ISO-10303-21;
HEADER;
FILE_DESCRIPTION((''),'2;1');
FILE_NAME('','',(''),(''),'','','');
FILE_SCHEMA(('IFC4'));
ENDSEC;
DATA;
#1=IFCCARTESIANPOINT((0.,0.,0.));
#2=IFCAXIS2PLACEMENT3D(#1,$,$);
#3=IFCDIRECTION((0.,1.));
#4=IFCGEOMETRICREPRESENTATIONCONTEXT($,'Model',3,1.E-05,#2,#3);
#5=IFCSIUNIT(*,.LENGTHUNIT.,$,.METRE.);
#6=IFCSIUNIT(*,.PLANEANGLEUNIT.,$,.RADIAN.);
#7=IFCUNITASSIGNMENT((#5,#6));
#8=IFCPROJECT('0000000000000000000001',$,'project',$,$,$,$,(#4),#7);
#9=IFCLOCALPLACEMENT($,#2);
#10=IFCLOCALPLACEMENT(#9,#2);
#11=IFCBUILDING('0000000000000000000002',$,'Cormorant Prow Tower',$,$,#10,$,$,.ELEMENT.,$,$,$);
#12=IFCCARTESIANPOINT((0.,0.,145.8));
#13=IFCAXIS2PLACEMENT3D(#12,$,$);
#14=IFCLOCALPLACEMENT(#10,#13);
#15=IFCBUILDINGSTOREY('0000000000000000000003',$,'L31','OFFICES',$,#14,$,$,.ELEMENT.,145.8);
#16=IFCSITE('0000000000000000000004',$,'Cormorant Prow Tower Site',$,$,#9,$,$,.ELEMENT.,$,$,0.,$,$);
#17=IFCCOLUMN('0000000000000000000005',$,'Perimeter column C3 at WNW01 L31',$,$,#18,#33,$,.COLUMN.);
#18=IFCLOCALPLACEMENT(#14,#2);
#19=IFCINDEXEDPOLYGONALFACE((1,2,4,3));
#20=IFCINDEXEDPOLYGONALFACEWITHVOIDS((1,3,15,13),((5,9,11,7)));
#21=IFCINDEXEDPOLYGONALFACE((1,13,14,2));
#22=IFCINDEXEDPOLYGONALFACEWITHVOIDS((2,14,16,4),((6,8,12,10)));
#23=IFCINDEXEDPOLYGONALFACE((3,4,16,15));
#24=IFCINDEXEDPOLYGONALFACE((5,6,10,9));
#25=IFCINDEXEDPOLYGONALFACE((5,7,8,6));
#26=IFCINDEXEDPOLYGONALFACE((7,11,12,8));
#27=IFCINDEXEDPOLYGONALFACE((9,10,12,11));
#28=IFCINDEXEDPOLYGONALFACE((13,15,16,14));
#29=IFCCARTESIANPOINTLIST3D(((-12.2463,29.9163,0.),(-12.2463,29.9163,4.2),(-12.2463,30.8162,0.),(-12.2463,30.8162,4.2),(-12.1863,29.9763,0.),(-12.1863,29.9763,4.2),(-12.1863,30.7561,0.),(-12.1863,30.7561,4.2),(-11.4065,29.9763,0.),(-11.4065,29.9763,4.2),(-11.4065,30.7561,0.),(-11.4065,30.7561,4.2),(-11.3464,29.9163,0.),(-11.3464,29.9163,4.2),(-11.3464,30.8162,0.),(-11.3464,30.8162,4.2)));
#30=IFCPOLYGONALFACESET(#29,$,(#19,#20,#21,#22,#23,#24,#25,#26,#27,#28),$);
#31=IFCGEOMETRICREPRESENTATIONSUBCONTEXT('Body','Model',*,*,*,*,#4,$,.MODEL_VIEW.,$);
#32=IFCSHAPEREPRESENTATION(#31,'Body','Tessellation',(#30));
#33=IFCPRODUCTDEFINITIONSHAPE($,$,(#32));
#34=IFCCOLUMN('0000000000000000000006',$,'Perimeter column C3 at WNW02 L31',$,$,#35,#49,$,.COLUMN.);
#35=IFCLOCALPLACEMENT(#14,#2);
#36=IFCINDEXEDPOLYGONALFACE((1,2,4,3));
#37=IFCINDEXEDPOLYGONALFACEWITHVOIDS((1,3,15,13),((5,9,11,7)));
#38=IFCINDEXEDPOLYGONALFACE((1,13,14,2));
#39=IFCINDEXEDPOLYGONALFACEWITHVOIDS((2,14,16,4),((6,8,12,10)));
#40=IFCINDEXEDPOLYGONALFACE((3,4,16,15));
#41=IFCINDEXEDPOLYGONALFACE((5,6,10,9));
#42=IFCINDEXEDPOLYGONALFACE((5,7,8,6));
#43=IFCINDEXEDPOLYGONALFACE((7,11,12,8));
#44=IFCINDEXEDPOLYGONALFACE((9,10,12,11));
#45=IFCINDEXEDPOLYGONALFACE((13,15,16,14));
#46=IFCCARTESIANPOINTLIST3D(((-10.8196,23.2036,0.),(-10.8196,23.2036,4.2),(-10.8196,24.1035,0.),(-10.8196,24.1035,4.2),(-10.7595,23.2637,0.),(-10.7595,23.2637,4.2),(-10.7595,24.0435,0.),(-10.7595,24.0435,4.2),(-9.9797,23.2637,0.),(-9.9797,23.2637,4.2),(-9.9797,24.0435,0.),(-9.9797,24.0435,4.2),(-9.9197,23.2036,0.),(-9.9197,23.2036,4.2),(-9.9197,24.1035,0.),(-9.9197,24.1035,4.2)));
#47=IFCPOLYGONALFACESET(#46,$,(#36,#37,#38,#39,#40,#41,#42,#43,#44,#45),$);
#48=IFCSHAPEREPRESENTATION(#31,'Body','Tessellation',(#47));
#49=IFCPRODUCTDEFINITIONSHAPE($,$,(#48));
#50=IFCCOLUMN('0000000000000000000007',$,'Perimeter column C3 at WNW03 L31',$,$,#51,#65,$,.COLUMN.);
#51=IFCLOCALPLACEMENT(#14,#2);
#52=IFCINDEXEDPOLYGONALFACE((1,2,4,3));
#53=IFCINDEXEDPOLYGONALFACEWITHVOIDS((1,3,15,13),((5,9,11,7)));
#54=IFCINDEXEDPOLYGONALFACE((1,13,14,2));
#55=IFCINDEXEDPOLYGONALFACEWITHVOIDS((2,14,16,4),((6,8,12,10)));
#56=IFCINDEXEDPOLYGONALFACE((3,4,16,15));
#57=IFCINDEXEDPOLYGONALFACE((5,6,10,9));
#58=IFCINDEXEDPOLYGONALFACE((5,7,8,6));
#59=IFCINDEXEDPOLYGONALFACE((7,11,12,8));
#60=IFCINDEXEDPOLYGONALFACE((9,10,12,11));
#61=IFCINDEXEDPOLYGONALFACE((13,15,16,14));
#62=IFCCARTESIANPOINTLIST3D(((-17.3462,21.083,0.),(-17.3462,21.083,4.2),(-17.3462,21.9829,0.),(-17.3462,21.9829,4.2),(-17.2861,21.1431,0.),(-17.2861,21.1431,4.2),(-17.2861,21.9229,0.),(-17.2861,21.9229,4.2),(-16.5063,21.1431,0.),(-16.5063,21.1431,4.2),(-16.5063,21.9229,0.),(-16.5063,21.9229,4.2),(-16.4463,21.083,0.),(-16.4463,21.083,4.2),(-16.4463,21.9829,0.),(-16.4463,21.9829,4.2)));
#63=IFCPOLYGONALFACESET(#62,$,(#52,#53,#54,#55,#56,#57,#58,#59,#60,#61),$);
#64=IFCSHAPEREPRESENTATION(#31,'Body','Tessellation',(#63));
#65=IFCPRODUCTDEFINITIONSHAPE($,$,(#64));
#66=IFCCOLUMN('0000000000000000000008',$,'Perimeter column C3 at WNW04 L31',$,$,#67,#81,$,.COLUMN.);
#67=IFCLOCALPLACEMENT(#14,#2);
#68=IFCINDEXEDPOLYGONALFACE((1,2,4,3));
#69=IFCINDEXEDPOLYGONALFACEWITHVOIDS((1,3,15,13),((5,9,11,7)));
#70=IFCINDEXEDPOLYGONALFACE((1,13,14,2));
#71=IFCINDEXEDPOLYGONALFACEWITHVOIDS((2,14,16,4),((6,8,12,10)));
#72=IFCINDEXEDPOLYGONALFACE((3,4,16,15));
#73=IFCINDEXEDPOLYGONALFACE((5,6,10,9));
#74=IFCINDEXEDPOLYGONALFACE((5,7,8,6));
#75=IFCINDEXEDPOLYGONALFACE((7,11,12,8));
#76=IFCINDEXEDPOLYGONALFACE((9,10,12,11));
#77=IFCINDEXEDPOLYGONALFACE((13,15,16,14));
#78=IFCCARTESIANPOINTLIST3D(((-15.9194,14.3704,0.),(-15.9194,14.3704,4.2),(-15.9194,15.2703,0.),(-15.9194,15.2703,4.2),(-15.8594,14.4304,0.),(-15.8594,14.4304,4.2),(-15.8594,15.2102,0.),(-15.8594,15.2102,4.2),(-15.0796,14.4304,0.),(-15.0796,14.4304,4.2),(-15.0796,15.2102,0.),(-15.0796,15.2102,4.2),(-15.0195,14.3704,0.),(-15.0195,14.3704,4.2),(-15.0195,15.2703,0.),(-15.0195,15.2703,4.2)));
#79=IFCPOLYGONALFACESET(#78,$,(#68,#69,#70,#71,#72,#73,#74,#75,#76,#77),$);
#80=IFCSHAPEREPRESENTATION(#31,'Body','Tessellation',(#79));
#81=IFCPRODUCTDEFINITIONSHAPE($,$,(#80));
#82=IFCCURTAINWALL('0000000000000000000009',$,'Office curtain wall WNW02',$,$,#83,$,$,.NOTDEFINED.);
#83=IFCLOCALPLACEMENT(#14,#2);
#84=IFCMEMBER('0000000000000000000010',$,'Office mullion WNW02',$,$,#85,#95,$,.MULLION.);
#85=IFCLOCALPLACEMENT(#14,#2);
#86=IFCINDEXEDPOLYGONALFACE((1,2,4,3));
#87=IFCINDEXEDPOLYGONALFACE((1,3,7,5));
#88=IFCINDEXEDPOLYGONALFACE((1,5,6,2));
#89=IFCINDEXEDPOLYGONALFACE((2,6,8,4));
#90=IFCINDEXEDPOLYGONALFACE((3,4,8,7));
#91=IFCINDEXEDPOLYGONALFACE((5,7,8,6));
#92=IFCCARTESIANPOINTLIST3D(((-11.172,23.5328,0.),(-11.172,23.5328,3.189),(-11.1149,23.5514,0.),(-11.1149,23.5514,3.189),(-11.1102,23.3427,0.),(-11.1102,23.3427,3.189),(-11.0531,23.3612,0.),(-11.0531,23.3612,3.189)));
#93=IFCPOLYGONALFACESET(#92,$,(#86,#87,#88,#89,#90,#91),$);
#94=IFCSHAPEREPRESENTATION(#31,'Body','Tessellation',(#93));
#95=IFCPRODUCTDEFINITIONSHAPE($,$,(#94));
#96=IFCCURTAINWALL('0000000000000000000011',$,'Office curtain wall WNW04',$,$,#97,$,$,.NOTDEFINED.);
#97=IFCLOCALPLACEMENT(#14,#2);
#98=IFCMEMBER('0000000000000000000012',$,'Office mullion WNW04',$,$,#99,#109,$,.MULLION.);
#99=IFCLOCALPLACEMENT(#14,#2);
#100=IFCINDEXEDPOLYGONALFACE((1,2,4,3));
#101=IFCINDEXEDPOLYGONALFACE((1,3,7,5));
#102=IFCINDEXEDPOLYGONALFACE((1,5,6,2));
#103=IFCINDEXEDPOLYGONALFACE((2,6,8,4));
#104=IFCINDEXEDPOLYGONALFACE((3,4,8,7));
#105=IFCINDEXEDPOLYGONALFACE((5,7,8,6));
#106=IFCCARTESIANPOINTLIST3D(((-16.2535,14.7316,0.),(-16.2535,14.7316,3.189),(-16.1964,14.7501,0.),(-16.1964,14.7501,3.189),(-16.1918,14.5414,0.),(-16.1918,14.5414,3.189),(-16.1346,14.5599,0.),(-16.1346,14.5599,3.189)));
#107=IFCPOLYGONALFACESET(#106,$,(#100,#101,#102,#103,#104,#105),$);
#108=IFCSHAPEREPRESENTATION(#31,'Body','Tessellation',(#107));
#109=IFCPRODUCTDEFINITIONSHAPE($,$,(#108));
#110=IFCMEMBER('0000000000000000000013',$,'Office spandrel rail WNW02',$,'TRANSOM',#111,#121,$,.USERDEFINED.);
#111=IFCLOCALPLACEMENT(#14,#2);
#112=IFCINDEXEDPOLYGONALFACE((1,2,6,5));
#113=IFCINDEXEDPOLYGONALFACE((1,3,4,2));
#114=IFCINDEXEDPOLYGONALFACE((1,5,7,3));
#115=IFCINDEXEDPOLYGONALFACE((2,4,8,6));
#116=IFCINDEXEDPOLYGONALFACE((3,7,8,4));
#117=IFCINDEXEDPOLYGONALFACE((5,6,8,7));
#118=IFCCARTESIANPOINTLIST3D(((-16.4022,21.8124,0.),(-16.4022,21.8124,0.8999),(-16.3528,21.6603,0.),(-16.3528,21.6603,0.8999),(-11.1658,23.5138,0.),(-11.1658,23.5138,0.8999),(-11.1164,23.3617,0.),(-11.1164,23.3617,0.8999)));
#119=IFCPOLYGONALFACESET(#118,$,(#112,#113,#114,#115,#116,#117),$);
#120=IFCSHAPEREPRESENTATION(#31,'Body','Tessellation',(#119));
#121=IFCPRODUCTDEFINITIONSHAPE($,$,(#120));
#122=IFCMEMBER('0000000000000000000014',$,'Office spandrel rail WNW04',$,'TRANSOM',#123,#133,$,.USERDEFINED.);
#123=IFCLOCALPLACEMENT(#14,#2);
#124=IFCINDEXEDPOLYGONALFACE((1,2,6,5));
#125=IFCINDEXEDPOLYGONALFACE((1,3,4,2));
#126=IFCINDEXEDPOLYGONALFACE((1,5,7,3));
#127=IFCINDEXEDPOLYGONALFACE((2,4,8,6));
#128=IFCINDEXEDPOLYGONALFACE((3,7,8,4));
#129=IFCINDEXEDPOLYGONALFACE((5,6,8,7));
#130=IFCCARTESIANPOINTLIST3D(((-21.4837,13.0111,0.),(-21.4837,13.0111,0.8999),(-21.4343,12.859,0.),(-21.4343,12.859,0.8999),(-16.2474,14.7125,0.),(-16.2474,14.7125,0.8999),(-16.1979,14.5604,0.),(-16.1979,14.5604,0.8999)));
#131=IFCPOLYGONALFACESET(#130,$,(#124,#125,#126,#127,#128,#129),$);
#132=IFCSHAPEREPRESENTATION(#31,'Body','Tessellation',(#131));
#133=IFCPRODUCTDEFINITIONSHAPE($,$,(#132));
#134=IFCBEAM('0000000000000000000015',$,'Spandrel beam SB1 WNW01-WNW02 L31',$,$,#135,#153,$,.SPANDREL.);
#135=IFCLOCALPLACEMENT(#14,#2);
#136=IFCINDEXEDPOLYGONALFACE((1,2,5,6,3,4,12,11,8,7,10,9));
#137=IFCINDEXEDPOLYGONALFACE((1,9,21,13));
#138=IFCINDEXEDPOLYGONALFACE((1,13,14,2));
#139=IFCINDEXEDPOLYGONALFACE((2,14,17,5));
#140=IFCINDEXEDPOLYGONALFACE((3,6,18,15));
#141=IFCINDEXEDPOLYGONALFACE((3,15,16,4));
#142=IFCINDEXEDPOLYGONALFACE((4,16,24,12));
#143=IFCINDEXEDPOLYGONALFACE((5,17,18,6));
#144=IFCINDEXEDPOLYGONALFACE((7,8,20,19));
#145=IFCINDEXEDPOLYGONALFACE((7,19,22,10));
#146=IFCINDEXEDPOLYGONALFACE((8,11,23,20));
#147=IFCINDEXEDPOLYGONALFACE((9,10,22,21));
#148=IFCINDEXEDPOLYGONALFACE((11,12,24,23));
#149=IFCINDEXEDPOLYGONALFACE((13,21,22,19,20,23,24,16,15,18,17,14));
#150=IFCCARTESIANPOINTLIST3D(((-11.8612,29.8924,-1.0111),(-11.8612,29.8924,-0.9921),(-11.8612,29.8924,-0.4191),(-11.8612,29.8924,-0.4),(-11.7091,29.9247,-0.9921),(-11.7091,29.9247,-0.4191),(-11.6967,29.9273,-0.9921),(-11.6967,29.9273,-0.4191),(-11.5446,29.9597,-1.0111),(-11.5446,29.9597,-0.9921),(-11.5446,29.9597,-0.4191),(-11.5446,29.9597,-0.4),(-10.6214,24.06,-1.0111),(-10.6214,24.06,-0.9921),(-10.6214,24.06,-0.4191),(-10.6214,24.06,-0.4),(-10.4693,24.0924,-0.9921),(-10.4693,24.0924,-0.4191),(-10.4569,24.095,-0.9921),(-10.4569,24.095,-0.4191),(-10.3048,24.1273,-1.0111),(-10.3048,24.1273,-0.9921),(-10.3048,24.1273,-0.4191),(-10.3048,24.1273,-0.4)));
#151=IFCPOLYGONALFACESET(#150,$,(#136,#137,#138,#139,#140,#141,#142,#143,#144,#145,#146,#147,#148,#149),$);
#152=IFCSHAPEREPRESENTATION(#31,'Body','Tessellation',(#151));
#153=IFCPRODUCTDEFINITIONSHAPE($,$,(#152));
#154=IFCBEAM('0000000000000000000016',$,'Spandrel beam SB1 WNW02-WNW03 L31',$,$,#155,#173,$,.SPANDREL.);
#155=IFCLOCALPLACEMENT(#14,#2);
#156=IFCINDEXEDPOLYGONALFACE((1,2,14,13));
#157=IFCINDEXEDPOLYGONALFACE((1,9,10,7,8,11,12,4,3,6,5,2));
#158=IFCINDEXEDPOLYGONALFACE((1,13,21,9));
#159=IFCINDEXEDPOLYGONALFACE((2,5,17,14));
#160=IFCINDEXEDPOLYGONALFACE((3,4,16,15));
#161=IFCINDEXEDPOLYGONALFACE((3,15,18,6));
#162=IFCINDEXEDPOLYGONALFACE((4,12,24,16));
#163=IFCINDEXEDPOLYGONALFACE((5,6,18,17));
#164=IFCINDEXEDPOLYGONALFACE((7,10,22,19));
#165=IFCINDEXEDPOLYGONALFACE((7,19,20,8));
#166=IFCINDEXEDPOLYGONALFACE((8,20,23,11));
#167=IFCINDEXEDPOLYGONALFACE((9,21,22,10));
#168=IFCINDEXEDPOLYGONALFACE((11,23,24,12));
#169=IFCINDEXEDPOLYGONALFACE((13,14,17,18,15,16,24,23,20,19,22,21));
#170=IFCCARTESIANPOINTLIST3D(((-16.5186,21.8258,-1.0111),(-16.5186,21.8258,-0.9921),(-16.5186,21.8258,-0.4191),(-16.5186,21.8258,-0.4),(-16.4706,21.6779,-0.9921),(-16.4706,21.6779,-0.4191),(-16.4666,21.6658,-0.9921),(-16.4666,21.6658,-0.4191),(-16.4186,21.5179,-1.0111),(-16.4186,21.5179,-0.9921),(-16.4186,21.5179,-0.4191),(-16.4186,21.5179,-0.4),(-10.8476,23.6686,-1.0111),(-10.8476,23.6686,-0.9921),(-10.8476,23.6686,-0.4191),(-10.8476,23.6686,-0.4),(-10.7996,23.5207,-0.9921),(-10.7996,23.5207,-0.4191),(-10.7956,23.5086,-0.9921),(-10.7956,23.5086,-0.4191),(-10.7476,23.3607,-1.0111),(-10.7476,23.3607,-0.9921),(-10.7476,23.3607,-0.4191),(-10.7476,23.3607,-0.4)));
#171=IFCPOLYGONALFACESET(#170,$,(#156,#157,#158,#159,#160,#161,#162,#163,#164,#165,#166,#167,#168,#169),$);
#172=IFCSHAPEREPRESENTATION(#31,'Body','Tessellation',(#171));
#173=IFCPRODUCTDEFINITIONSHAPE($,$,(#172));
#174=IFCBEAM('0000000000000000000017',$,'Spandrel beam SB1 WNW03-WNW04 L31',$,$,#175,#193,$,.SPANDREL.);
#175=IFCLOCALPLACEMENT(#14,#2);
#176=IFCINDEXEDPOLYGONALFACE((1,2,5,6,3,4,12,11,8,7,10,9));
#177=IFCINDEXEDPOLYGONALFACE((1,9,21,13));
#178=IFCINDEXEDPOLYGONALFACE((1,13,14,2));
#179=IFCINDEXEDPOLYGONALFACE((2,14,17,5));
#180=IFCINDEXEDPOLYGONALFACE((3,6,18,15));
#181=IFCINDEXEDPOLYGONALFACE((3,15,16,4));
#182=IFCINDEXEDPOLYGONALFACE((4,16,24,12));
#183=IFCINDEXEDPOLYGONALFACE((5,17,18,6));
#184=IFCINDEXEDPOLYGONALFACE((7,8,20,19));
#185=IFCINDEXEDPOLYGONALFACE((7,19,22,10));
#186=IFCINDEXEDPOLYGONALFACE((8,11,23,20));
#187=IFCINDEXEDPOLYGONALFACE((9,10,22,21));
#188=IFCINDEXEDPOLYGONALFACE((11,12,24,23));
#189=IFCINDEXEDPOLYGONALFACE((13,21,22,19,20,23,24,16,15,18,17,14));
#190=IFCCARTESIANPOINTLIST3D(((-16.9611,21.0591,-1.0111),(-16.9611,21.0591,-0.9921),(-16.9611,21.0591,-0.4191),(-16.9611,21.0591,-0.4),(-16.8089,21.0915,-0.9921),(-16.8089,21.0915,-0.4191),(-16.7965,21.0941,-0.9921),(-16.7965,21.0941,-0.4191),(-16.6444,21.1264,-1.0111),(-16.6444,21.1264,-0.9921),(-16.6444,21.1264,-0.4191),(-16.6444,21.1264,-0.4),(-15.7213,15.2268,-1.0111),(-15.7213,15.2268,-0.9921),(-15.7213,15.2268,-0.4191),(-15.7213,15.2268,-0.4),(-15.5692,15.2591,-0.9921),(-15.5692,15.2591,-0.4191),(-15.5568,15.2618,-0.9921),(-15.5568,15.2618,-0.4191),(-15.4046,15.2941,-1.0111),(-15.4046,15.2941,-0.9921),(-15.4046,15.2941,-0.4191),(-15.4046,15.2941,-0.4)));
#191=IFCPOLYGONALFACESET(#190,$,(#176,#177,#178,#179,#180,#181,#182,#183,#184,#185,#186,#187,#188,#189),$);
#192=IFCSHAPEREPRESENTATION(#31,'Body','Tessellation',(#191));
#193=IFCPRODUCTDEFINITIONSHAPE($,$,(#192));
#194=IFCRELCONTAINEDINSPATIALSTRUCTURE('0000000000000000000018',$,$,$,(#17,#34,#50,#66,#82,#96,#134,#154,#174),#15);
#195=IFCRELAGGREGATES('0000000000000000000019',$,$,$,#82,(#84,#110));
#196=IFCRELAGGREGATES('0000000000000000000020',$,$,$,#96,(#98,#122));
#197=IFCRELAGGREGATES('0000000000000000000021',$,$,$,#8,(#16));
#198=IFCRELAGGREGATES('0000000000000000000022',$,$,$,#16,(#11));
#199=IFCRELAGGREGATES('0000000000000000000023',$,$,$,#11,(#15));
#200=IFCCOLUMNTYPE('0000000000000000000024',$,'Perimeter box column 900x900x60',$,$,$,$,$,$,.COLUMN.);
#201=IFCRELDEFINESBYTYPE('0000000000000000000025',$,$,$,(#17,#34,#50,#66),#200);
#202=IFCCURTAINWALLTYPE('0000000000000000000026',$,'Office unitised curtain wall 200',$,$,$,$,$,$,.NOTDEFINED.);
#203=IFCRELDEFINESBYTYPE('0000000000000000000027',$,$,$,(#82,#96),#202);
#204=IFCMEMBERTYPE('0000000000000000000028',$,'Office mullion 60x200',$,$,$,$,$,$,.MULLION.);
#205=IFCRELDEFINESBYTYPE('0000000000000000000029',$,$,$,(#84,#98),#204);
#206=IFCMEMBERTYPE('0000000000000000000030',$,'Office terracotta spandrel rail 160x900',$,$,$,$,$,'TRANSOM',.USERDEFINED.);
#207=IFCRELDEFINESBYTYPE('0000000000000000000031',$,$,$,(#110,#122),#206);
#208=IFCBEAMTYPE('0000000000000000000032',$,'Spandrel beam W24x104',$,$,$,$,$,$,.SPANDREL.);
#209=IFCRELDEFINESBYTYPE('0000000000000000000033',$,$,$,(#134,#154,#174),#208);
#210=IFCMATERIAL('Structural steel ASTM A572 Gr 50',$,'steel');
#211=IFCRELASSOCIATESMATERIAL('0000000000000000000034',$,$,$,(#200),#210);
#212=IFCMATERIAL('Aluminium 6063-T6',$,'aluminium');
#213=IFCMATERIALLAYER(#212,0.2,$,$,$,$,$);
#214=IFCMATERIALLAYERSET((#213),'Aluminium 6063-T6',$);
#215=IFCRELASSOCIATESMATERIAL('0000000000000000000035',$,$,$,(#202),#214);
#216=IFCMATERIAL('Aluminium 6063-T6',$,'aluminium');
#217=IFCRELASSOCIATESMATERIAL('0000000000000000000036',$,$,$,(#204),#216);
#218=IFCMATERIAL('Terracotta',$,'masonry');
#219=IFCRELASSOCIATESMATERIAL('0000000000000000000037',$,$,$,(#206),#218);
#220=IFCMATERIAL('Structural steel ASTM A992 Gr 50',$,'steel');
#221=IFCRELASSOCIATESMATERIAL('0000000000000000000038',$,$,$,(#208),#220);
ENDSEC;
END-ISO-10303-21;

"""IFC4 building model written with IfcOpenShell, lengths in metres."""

from ifc_helpers import new_model, si_unit, direction, frame, origin, origin_2d, place, context, subcontext, project, spatial, rectangle, hollow_rectangle, i_section, extrude, material, layer, layer_set, material_profile, profile_set, type_object, element, aggregate, save


model = new_model("IFC4")

# Units and contexts
model_context = context("Model", 3, precision=1e-05, world=origin(), true_north=direction((0.0, 1.0)))
body_context = subcontext(model_context, "Body", "Model", "MODEL_VIEW")
ifc_project = project(units=[si_unit("LENGTHUNIT", "METRE"), si_unit("PLANEANGLEUNIT", "RADIAN")], contexts=[model_context])

# Site, building, storey
site_placement = place(None, origin())
site = spatial("IfcSite", under=ifc_project, at=site_placement, Name="Cormorant Prow Tower Site", CompositionType="ELEMENT", RefElevation=0.0)
building_placement = place(site_placement, origin())
building = spatial("IfcBuilding", under=site, at=building_placement, Name="Cormorant Prow Tower", CompositionType="ELEMENT")
storey_placement = place(building_placement, frame((0.0, 0.0, 145.8)))
storey = spatial("IfcBuildingStorey", under=building, at=storey_placement, Name="L31", Description="OFFICES", CompositionType="ELEMENT", Elevation=145.8)

# Columns
ifc_material_1 = material(Name="Structural steel ASTM A572 Gr 50", Category="steel")
ifc_material_profile_1 = material_profile(ifc_material_1, hollow_rectangle(XDim=0.8999, YDim=0.8999, WallThickness=0.0601, at=origin_2d()), Name="Box 900x900x60")
ifc_profile_set_1 = profile_set([ifc_material_profile_1], Name="Structural steel ASTM A572 Gr 50")
column_type = type_object("IfcColumnType", Name="Perimeter box column 900x900x60", PredefinedType="COLUMN", material=ifc_profile_set_1)
for number, where, z_axis, x_axis, name in (
    (1, (-11.7964, 30.3662, 0.0), (0.0, 0.0, 1.0), (1.0, 0.0, 0.0), "Perimeter column C3 at WNW01 L31"),
    (2, (-10.3696, 23.6536, 0.0), (0.0, 0.0, 1.0), (1.0, 0.0, 0.0), "Perimeter column C3 at WNW02 L31"),
    (3, (-16.8962, 21.533, 0.0), (0.0, 0.0, 1.0), (1.0, 0.0, 0.0), "Perimeter column C3 at WNW03 L31"),
    (4, (-15.4695, 14.8203, 0.0), (0.0, 0.0, 1.0), (1.0, 0.0, 0.0), "Perimeter column C3 at WNW04 L31"),
):
    element("IfcColumn", number, at=place(storey_placement, frame(where, z_axis=z_axis, x_axis=x_axis)), inside=storey, type_object=column_type, Name=name, PredefinedType="COLUMN", context=body_context, shape_type="SweptSolid", body=[
        extrude(hollow_rectangle(XDim=0.8999, YDim=0.8999, WallThickness=0.0601, at=origin_2d()), origin(), (0.0, 0.0, 1.0), 4.2),
    ])

# Curtain walls, members
ifc_material_2 = material(Name="Aluminium 6063-T6", Category="aluminium")
ifc_layer_1 = layer(ifc_material_2, 0.2)
ifc_layer_set_1 = layer_set([ifc_layer_1], Name="Aluminium 6063-T6")
curtain_wall_type = type_object("IfcCurtainWallType", Name="Office unitised curtain wall 200", PredefinedType="NOTDEFINED", material=ifc_layer_set_1)
curtain_wall_1_placement = place(storey_placement, origin())
curtain_wall_1 = element("IfcCurtainWall", 5, at=curtain_wall_1_placement, inside=storey, type_object=curtain_wall_type, Name="Office curtain wall WNW02", PredefinedType="NOTDEFINED")
ifc_material_3 = material(Name="Aluminium 6063-T6", Category="aluminium")
ifc_material_profile_2 = material_profile(ifc_material_3, rectangle(XDim=0.2, YDim=0.0601, at=origin_2d()), Name="Office mullion 60x200")
ifc_profile_set_2 = profile_set([ifc_material_profile_2], Name="Aluminium 6063-T6")
member_type_1 = type_object("IfcMemberType", Name="Office mullion 60x200", PredefinedType="MULLION", material=ifc_profile_set_2)
member_1_placement = place(storey_placement, frame((-11.1125, 23.447, 0.0), z_axis=(0.0, 0.0, 1.0), x_axis=(0.309017, -0.951057, 0.0)))
member_1 = element("IfcMember", 6, at=member_1_placement, type_object=member_type_1, Name="Office mullion WNW02", PredefinedType="MULLION", context=body_context, shape_type="SweptSolid", body=[
    extrude(rectangle(XDim=0.2, YDim=0.0601, at=origin_2d()), origin(), (0.0, 0.0, 1.0), 3.189),
])
curtain_wall_2_placement = place(storey_placement, origin())
curtain_wall_2 = element("IfcCurtainWall", 7, at=curtain_wall_2_placement, inside=storey, type_object=curtain_wall_type, Name="Office curtain wall WNW04", PredefinedType="NOTDEFINED")
member_2_placement = place(storey_placement, frame((-16.1941, 14.6458, 0.0), z_axis=(0.0, 0.0, 1.0), x_axis=(0.309017, -0.951057, 0.0)))
member_2 = element("IfcMember", 8, at=member_2_placement, type_object=member_type_1, Name="Office mullion WNW04", PredefinedType="MULLION", context=body_context, shape_type="SweptSolid", body=[
    extrude(rectangle(XDim=0.2, YDim=0.0601, at=origin_2d()), origin(), (0.0, 0.0, 1.0), 3.189),
])

# Members
ifc_material_4 = material(Name="Terracotta", Category="masonry")
ifc_material_profile_3 = material_profile(ifc_material_4, rectangle(XDim=0.1599, YDim=0.8999, at=origin_2d()), Name="Office terracotta spandrel rail 160x900")
ifc_profile_set_3 = profile_set([ifc_material_profile_3], Name="Terracotta")
member_type_2 = type_object("IfcMemberType", Name="Office terracotta spandrel rail 160x900", ElementType="TRANSOM", PredefinedType="USERDEFINED", material=ifc_profile_set_3)
member_3_placement = place(storey_placement, frame((-11.1411, 23.4377, 0.45), z_axis=(-0.951055, -0.309022, 0.0), x_axis=(0.309022, -0.951055, 0.0)))
member_3 = element("IfcMember", 9, at=member_3_placement, type_object=member_type_2, Name="Office spandrel rail WNW02", ObjectType="TRANSOM", PredefinedType="USERDEFINED", context=body_context, shape_type="SweptSolid", body=[
    extrude(rectangle(XDim=0.1599, YDim=0.8999, at=origin_2d()), origin(), (0.0, 0.0, 1.0), 5.5059),
])
member_4_placement = place(storey_placement, frame((-16.2227, 14.6365, 0.45), z_axis=(-0.951055, -0.309022, 0.0), x_axis=(0.309022, -0.951055, 0.0)))
member_4 = element("IfcMember", 10, at=member_4_placement, type_object=member_type_2, Name="Office spandrel rail WNW04", ObjectType="TRANSOM", PredefinedType="USERDEFINED", context=body_context, shape_type="SweptSolid", body=[
    extrude(rectangle(XDim=0.1599, YDim=0.8999, at=origin_2d()), origin(), (0.0, 0.0, 1.0), 5.5059),
])

# Beams
ifc_material_5 = material(Name="Structural steel ASTM A992 Gr 50", Category="steel")
ifc_material_profile_4 = material_profile(ifc_material_5, i_section(OverallWidth=0.3237, OverallDepth=0.6111, WebThickness=0.0127, FlangeThickness=0.019, at=origin_2d()), Name="W24x104")
ifc_profile_set_4 = profile_set([ifc_material_profile_4], Name="Structural steel ASTM A992 Gr 50")
beam_type = type_object("IfcBeamType", Name="Spandrel beam W24x104", PredefinedType="SPANDREL", material=ifc_profile_set_4)
beam_1_placement = place(storey_placement, frame((-11.7029, 29.926, -0.7056), z_axis=(0.207921, -0.978146, 0.0), x_axis=(0.978146, 0.207921, 0.0)))
element("IfcBeam", 11, at=beam_1_placement, inside=storey, type_object=beam_type, Name="Spandrel beam SB1 WNW01-WNW02 L31", PredefinedType="SPANDREL", context=body_context, shape_type="SweptSolid", body=[
    extrude(i_section(OverallWidth=0.3237, OverallDepth=0.6111, WebThickness=0.0127, FlangeThickness=0.019, at=origin_2d()), origin(), (0.0, 0.0, 1.0), 5.9626),
])
beam_2_placement = place(storey_placement, frame((-10.7976, 23.5146, -0.7056), z_axis=(-0.951047, -0.309045, 0.0), x_axis=(0.309045, -0.951047, 0.0)))
element("IfcBeam", 12, at=beam_2_placement, inside=storey, type_object=beam_type, Name="Spandrel beam SB1 WNW02-WNW03 L31", PredefinedType="SPANDREL", context=body_context, shape_type="SweptSolid", body=[
    extrude(i_section(OverallWidth=0.3237, OverallDepth=0.6111, WebThickness=0.0127, FlangeThickness=0.019, at=origin_2d()), origin(), (0.0, 0.0, 1.0), 5.9629),
])
for number, where, z_axis, x_axis, name in (
    (13, (-16.8027, 21.0928, -0.7056), (0.207921, -0.978146, 0.0), (0.978146, 0.207921, 0.0), "Spandrel beam SB1 WNW03-WNW04 L31"),
):
    element("IfcBeam", number, at=place(storey_placement, frame(where, z_axis=z_axis, x_axis=x_axis)), inside=storey, type_object=beam_type, Name=name, PredefinedType="SPANDREL", context=body_context, shape_type="SweptSolid", body=[
        extrude(i_section(OverallWidth=0.3237, OverallDepth=0.6111, WebThickness=0.0127, FlangeThickness=0.019, at=origin_2d()), origin(), (0.0, 0.0, 1.0), 5.9626),
    ])

aggregate(curtain_wall_1, [member_1, member_3])
aggregate(curtain_wall_2, [member_2, member_4])

save(model, "model.ifc")
